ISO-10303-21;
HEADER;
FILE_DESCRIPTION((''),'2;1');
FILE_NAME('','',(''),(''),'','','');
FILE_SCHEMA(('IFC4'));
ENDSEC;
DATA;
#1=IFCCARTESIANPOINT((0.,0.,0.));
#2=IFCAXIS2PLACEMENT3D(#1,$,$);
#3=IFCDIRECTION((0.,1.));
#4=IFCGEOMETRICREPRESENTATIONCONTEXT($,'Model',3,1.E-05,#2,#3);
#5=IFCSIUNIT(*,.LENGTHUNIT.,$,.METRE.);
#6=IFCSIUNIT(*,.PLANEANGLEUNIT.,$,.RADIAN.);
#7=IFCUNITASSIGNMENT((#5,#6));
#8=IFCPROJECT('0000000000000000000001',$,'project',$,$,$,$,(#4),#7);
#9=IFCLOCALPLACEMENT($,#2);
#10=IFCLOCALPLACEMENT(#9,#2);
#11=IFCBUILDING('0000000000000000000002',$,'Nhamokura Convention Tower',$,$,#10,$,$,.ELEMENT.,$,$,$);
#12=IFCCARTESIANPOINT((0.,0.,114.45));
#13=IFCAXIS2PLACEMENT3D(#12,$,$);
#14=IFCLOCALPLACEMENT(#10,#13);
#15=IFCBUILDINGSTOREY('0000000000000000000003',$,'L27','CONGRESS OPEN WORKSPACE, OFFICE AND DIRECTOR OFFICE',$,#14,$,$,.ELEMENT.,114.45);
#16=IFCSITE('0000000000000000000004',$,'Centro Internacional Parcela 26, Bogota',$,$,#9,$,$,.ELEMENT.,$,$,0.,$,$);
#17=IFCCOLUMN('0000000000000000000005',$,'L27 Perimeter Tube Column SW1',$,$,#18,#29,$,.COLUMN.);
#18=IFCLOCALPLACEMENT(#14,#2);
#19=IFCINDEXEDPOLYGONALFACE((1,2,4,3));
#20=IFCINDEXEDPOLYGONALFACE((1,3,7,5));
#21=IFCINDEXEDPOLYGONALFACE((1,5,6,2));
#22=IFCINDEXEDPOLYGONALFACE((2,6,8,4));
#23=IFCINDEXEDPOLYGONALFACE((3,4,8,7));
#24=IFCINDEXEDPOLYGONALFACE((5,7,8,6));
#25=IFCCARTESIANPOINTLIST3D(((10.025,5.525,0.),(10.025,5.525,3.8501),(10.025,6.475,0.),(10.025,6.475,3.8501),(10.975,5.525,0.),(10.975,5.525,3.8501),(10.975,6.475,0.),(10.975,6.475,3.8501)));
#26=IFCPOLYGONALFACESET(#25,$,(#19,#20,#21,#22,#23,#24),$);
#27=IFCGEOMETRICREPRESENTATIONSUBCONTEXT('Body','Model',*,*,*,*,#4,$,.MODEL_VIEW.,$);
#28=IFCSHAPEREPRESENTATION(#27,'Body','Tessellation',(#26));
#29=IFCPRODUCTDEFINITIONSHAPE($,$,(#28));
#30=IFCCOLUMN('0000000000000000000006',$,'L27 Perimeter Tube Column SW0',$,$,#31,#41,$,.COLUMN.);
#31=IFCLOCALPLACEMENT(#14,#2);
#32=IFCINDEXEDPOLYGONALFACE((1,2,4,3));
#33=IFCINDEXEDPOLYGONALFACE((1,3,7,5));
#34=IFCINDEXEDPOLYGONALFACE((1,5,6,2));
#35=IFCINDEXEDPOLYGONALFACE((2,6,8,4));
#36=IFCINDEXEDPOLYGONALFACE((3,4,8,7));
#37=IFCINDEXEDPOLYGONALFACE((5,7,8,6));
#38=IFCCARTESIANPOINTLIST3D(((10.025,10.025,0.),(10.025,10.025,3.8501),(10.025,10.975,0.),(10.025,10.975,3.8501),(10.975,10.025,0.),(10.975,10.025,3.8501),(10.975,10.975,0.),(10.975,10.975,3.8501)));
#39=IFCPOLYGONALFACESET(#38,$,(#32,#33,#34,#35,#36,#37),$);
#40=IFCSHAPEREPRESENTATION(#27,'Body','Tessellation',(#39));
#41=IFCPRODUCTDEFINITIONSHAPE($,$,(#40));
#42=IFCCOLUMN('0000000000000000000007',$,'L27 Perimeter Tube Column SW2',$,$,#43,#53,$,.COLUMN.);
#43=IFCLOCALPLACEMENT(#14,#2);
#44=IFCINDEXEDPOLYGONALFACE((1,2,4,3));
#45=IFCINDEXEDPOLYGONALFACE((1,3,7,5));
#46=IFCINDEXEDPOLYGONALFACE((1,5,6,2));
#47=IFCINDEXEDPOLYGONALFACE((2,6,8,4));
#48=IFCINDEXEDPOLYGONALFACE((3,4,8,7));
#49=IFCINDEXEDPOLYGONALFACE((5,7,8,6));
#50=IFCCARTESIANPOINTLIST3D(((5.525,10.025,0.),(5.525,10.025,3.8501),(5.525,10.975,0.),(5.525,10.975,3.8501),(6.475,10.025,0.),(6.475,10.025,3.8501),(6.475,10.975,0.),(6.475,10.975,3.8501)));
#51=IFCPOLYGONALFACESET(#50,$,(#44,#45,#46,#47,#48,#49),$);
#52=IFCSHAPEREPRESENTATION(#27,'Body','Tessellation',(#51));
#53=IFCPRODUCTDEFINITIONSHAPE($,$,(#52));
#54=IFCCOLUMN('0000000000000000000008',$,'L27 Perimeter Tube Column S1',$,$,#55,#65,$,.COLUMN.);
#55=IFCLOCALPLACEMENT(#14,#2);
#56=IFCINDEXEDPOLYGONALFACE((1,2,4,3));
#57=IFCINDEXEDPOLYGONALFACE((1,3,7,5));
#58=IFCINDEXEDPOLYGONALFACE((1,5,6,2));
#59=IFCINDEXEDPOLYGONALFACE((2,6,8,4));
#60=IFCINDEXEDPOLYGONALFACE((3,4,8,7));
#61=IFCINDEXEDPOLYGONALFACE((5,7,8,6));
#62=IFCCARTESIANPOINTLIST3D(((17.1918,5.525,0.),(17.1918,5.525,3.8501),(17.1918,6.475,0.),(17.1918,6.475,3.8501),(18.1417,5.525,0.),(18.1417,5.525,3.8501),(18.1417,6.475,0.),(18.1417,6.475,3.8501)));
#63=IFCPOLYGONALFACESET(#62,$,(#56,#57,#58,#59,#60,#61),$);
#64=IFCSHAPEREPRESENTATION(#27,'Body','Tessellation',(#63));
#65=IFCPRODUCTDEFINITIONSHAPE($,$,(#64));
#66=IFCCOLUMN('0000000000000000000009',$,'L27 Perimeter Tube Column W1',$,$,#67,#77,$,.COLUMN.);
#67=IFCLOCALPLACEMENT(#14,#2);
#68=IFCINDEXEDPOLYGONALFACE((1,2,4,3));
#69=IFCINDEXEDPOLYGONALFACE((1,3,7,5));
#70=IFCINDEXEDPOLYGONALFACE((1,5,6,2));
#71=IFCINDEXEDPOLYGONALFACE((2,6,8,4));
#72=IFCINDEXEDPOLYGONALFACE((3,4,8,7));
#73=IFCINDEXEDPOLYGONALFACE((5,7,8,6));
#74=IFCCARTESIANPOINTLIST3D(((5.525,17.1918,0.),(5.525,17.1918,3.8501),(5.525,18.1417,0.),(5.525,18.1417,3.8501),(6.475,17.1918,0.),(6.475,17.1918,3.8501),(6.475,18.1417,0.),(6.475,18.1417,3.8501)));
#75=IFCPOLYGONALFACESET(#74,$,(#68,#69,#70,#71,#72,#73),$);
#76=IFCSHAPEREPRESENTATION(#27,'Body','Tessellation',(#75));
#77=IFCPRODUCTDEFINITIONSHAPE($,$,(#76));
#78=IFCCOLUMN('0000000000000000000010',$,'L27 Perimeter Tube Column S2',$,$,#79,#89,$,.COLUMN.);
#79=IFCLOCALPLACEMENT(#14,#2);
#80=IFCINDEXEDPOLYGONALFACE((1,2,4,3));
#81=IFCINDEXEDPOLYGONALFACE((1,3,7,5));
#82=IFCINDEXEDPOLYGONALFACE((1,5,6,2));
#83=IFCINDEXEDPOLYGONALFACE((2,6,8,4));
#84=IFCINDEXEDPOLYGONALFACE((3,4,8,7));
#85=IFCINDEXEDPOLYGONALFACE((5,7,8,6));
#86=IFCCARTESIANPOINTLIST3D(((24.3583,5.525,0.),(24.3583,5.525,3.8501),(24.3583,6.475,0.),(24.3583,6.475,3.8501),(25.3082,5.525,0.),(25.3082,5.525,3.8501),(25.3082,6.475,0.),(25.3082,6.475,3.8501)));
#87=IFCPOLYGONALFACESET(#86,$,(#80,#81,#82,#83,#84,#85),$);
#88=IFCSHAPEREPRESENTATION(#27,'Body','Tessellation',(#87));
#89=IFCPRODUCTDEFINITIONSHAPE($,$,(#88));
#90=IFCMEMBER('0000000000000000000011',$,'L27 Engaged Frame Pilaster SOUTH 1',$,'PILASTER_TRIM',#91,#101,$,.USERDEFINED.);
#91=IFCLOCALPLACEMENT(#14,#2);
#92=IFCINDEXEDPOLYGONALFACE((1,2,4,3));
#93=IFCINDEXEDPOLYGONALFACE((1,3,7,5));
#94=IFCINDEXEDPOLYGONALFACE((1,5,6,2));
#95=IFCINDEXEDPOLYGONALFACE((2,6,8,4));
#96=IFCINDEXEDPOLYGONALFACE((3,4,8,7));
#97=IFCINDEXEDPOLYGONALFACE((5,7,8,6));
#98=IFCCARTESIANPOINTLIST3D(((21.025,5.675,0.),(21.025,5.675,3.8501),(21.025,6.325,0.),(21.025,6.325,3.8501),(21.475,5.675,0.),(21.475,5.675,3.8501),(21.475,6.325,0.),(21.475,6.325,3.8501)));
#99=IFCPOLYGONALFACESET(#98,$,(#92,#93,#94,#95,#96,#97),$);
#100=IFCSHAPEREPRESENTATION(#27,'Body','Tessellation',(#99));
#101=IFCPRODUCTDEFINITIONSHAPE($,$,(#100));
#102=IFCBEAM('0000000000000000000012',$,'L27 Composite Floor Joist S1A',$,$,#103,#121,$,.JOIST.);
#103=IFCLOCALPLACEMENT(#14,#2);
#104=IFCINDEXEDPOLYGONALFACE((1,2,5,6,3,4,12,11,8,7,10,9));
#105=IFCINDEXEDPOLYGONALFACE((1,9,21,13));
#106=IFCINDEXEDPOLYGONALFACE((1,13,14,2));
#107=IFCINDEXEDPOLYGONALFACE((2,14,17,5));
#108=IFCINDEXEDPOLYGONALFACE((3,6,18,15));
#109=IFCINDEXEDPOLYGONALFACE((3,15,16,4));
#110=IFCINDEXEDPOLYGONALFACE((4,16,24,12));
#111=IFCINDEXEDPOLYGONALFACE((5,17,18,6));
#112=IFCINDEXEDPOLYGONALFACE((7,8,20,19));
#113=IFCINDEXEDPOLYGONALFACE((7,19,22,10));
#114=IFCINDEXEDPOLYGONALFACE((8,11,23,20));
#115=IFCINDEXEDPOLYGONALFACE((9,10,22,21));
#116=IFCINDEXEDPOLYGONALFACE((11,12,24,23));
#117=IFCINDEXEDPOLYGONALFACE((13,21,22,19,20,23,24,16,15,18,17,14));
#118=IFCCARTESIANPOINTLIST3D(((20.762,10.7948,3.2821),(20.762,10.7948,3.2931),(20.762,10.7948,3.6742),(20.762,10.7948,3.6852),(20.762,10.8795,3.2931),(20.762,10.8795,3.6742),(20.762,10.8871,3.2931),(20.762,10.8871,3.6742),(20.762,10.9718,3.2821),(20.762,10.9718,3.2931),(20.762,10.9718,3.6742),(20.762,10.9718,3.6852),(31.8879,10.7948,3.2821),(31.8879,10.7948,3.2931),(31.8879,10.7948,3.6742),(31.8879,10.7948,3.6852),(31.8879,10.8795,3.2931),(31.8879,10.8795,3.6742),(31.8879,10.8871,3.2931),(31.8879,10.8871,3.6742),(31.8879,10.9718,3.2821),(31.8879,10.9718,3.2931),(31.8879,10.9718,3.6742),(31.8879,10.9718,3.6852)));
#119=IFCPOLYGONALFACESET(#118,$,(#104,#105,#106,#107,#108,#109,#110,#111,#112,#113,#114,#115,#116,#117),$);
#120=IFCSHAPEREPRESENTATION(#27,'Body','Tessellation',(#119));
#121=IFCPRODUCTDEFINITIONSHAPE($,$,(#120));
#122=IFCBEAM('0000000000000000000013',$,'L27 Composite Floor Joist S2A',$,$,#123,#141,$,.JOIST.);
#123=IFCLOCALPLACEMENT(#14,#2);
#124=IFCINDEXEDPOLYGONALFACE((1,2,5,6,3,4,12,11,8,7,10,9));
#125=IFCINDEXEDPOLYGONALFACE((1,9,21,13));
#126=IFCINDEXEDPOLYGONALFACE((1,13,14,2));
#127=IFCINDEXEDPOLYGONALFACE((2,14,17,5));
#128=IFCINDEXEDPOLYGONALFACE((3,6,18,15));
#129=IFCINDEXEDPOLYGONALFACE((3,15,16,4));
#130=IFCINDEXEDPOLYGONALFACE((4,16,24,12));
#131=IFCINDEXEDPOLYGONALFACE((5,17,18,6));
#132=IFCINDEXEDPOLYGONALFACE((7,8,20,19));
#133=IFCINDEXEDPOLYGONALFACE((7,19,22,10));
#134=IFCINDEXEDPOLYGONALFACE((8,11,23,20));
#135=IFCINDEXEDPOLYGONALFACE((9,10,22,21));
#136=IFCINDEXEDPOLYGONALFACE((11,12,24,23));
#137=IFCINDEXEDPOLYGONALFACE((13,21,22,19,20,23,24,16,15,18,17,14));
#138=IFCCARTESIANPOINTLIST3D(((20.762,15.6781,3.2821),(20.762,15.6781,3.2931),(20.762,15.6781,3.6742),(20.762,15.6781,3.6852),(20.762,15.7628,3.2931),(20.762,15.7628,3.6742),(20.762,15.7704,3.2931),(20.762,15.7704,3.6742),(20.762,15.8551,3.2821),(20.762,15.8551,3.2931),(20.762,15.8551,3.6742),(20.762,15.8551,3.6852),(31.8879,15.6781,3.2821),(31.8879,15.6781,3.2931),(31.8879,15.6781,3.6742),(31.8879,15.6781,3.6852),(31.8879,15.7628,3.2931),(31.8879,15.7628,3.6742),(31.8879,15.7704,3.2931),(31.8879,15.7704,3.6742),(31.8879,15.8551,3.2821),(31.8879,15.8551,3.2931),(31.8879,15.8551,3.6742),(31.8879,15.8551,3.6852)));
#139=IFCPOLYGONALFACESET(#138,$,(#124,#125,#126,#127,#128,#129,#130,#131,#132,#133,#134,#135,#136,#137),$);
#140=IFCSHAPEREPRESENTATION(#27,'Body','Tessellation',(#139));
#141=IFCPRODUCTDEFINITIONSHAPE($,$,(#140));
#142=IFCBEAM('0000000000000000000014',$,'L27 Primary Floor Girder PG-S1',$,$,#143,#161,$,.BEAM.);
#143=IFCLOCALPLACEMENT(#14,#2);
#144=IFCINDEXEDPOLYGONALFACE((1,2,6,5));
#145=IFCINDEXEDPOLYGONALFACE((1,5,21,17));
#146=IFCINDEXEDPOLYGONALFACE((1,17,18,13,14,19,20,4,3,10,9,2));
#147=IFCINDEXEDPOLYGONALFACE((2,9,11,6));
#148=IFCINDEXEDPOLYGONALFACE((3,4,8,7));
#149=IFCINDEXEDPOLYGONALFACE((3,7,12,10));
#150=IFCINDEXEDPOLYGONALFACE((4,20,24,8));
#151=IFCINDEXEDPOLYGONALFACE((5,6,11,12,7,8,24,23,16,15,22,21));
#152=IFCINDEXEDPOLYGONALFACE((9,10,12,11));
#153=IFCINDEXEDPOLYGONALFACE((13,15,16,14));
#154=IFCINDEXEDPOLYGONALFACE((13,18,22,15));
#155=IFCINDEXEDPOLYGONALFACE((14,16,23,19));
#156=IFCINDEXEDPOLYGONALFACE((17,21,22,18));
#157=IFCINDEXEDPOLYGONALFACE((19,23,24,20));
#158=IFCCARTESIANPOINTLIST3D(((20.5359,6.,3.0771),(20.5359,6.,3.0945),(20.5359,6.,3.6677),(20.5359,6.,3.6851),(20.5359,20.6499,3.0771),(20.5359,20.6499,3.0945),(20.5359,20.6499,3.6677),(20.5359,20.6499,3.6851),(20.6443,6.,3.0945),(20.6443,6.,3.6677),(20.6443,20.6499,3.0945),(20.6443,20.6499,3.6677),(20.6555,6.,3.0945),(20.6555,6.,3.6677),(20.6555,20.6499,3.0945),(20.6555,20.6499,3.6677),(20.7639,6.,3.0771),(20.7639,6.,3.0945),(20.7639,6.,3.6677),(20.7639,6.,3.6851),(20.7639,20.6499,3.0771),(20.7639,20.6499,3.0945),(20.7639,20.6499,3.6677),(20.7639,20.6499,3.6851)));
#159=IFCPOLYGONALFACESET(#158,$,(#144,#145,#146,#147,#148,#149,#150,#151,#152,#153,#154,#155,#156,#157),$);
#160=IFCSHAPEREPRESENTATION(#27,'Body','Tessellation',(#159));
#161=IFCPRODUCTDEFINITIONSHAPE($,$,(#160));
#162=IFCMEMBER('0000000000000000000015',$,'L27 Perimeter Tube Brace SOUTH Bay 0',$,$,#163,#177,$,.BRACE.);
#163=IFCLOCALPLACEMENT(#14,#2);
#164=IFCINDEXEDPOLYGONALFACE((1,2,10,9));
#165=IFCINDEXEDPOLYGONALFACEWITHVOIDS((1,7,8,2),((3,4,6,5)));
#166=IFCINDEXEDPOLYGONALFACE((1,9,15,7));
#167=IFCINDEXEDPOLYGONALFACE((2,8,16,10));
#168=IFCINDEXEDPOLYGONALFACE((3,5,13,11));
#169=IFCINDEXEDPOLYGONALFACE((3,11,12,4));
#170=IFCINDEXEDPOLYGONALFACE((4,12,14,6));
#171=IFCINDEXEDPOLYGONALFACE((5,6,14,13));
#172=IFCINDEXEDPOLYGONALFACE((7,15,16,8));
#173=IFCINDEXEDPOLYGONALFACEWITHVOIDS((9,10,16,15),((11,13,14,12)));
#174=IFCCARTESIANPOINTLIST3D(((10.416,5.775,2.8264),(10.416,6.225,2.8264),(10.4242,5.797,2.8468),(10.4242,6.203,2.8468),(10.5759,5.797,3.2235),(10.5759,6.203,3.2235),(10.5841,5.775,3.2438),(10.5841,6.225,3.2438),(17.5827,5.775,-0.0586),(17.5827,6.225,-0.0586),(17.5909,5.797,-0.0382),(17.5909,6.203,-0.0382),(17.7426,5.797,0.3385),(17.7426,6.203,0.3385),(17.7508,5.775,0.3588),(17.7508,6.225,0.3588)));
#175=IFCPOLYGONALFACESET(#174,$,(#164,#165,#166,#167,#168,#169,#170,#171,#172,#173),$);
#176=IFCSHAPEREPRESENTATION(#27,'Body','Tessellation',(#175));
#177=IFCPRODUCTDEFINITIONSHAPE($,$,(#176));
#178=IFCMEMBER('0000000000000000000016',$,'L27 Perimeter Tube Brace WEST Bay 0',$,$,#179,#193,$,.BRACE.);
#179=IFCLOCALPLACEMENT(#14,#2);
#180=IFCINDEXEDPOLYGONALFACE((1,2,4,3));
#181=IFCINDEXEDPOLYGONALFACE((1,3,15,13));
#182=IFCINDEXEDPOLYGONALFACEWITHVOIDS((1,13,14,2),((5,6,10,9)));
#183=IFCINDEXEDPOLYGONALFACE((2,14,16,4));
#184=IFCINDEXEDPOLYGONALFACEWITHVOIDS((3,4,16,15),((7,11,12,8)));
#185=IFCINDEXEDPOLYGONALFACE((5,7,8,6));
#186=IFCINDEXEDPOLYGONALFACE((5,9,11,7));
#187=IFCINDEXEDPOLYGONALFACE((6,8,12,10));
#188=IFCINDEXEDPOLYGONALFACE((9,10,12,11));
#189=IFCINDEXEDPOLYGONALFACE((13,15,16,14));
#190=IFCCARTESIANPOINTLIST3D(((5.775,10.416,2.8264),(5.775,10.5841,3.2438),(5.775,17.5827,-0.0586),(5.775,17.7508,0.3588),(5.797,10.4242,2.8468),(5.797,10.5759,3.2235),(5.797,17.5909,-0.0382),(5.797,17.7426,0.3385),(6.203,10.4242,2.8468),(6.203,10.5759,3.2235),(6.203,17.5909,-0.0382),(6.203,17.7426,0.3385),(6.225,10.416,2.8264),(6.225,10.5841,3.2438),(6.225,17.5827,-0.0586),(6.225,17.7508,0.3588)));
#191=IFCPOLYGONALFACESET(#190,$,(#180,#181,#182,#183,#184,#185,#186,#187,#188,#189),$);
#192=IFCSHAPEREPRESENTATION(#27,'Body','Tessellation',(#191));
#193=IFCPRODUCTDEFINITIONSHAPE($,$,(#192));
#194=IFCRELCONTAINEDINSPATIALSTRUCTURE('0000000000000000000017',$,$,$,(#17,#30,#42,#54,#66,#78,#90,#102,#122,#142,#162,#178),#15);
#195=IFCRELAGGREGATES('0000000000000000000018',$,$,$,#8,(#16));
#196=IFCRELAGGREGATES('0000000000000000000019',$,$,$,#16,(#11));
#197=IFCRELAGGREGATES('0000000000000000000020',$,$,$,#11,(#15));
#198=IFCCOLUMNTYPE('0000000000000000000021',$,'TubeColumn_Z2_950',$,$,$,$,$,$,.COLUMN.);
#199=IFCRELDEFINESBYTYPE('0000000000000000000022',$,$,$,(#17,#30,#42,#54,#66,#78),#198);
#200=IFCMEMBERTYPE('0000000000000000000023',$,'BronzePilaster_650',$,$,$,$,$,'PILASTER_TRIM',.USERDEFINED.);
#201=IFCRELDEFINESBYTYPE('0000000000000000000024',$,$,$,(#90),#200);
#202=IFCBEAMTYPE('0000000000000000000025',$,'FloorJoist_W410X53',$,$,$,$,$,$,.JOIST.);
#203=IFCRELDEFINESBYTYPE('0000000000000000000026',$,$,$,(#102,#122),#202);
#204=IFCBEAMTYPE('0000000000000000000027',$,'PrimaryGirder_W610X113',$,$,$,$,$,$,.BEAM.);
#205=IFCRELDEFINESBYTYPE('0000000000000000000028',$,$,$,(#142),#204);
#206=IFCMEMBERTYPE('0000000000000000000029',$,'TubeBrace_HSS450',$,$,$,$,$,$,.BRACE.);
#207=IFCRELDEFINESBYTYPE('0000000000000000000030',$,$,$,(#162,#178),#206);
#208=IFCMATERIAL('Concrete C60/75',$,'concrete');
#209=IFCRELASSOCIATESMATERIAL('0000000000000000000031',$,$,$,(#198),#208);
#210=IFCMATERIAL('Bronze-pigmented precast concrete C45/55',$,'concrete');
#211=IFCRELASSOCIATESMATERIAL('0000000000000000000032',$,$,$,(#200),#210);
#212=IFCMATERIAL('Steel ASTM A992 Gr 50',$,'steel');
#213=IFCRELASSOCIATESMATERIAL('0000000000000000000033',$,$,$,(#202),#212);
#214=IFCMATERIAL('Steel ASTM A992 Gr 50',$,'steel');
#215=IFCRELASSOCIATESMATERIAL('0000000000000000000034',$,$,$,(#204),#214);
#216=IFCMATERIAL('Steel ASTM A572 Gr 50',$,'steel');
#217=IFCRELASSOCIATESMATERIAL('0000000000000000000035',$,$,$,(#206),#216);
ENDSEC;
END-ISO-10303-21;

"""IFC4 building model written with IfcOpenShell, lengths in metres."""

from ifc_helpers import new_model, si_unit, direction, frame, origin, origin_2d, place, context, subcontext, project, spatial, rectangle, hollow_rectangle, i_section, extrude, material, material_profile, profile_set, type_object, element, save


model = new_model("IFC4")

# Units and contexts
model_context = context("Model", 3, precision=1e-05, world=origin(), true_north=direction((0.0, 1.0)))
body_context = subcontext(model_context, "Body", "Model", "MODEL_VIEW")
ifc_project = project(units=[si_unit("LENGTHUNIT", "METRE"), si_unit("PLANEANGLEUNIT", "RADIAN")], contexts=[model_context])

# Site, building, storey
site_placement = place(None, origin())
site = spatial("IfcSite", under=ifc_project, at=site_placement, Name="Centro Internacional Parcela 26, Bogota", CompositionType="ELEMENT", RefElevation=0.0)
building_placement = place(site_placement, origin())
building = spatial("IfcBuilding", under=site, at=building_placement, Name="Nhamokura Convention Tower", CompositionType="ELEMENT")
storey_placement = place(building_placement, frame((0.0, 0.0, 114.45)))
storey = spatial("IfcBuildingStorey", under=building, at=storey_placement, Name="L27", Description="CONGRESS OPEN WORKSPACE, OFFICE AND DIRECTOR OFFICE", CompositionType="ELEMENT", Elevation=114.45)

# Columns
ifc_material_1 = material(Name="Concrete C60/75", Category="concrete")
ifc_material_profile_1 = material_profile(ifc_material_1, rectangle(XDim=0.95, YDim=0.95, at=origin_2d()))
ifc_profile_set_1 = profile_set([ifc_material_profile_1], Name="Concrete C60/75")
column_type = type_object("IfcColumnType", Name="TubeColumn_Z2_950", PredefinedType="COLUMN", material=ifc_profile_set_1)
for number, where, z_axis, x_axis, name in (
    (1, (10.5, 6.0, 0.0), (0.0, 0.0, 1.0), (1.0, 0.0, 0.0), "L27 Perimeter Tube Column SW1"),
    (2, (10.5, 10.5, 0.0), (0.0, 0.0, 1.0), (1.0, 0.0, 0.0), "L27 Perimeter Tube Column SW0"),
    (3, (6.0, 10.5, 0.0), (0.0, 0.0, 1.0), (1.0, 0.0, 0.0), "L27 Perimeter Tube Column SW2"),
    (4, (17.6667, 6.0, 0.0), (0.0, 0.0, 1.0), (1.0, 0.0, 0.0), "L27 Perimeter Tube Column S1"),
    (5, (6.0, 17.6667, 0.0), (0.0, 0.0, 1.0), (1.0, 0.0, 0.0), "L27 Perimeter Tube Column W1"),
    (6, (24.8333, 6.0, 0.0), (0.0, 0.0, 1.0), (1.0, 0.0, 0.0), "L27 Perimeter Tube Column S2"),
):
    element("IfcColumn", number, at=place(storey_placement, frame(where, z_axis=z_axis, x_axis=x_axis)), inside=storey, type_object=column_type, Name=name, PredefinedType="COLUMN", context=body_context, shape_type="SweptSolid", body=[
        extrude(rectangle(XDim=0.95, YDim=0.95, at=origin_2d()), origin(), (0.0, 0.0, 1.0), 3.8501),
    ])

# Member
ifc_material_2 = material(Name="Bronze-pigmented precast concrete C45/55", Category="concrete")
ifc_material_profile_2 = material_profile(ifc_material_2, rectangle(XDim=0.45, YDim=0.6499, at=origin_2d()))
ifc_profile_set_2 = profile_set([ifc_material_profile_2], Name="Bronze-pigmented precast concrete C45/55")
member_type_1 = type_object("IfcMemberType", Name="BronzePilaster_650", ElementType="PILASTER_TRIM", PredefinedType="USERDEFINED", material=ifc_profile_set_2)
member_placement = place(storey_placement, frame((21.25, 6.0, 0.0), z_axis=(0.0, 0.0, 1.0), x_axis=(1.0, 0.0, 0.0)))
element("IfcMember", 7, at=member_placement, inside=storey, type_object=member_type_1, Name="L27 Engaged Frame Pilaster SOUTH 1", ObjectType="PILASTER_TRIM", PredefinedType="USERDEFINED", context=body_context, shape_type="SweptSolid", body=[
    extrude(rectangle(XDim=0.45, YDim=0.6499, at=origin_2d()), origin(), (0.0, 0.0, 1.0), 3.8501),
])

# Beams
ifc_material_3 = material(Name="Steel ASTM A992 Gr 50", Category="steel")
ifc_material_profile_3 = material_profile(ifc_material_3, i_section(OverallWidth=0.177, OverallDepth=0.4031, WebThickness=0.0076, FlangeThickness=0.011, at=origin_2d()))
ifc_profile_set_3 = profile_set([ifc_material_profile_3], Name="Steel ASTM A992 Gr 50")
beam_type_1 = type_object("IfcBeamType", Name="FloorJoist_W410X53", PredefinedType="JOIST", material=ifc_profile_set_3)
for number, where, z_axis, x_axis, name in (
    (8, (20.762, 10.8833, 3.4836), (1.0, 0.0, 0.0), (0.0, 1.0, 0.0), "L27 Composite Floor Joist S1A"),
    (9, (20.762, 15.7666, 3.4836), (1.0, 0.0, 0.0), (0.0, 1.0, 0.0), "L27 Composite Floor Joist S2A"),
):
    element("IfcBeam", number, at=place(storey_placement, frame(where, z_axis=z_axis, x_axis=x_axis)), inside=storey, type_object=beam_type_1, Name=name, PredefinedType="JOIST", context=body_context, shape_type="SweptSolid", body=[
        extrude(i_section(OverallWidth=0.177, OverallDepth=0.4031, WebThickness=0.0076, FlangeThickness=0.011, at=origin_2d()), origin(), (0.0, 0.0, 1.0), 11.126),
    ])
ifc_material_4 = material(Name="Steel ASTM A992 Gr 50", Category="steel")
ifc_material_profile_4 = material_profile(ifc_material_4, i_section(OverallWidth=0.228, OverallDepth=0.6079, WebThickness=0.0112, FlangeThickness=0.0173, at=origin_2d()))
ifc_profile_set_4 = profile_set([ifc_material_profile_4], Name="Steel ASTM A992 Gr 50")
beam_type_2 = type_object("IfcBeamType", Name="PrimaryGirder_W610X113", PredefinedType="BEAM", material=ifc_profile_set_4)
beam_1_placement = place(storey_placement, frame((20.6499, 6.0, 3.3811), z_axis=(0.0, 1.0, 0.0), x_axis=(-1.0, 0.0, 0.0)))
element("IfcBeam", 10, at=beam_1_placement, inside=storey, type_object=beam_type_2, Name="L27 Primary Floor Girder PG-S1", PredefinedType="BEAM", context=body_context, shape_type="SweptSolid", body=[
    extrude(i_section(OverallWidth=0.228, OverallDepth=0.6079, WebThickness=0.0112, FlangeThickness=0.0173, at=origin_2d()), origin(), (0.0, 0.0, 1.0), 14.6499),
])

# Members
ifc_material_5 = material(Name="Steel ASTM A572 Gr 50", Category="steel")
ifc_material_profile_5 = material_profile(ifc_material_5, hollow_rectangle(XDim=0.45, YDim=0.45, WallThickness=0.022, at=origin_2d()))
ifc_profile_set_5 = profile_set([ifc_material_profile_5], Name="Steel ASTM A572 Gr 50")
member_type_2 = type_object("IfcMemberType", Name="TubeBrace_HSS450", PredefinedType="BRACE", material=ifc_profile_set_5)
for number, where, z_axis, x_axis, name in (
    (11, (17.6667, 6.0, 0.1501), (-0.927657, 0.0, 0.373433), (0.0, -1.0, 0.0), "L27 Perimeter Tube Brace SOUTH Bay 0"),
    (12, (6.0, 17.6667, 0.1501), (0.0, -0.927657, 0.373433), (1.0, 0.0, 0.0), "L27 Perimeter Tube Brace WEST Bay 0"),
):
    element("IfcMember", number, at=place(storey_placement, frame(where, z_axis=z_axis, x_axis=x_axis)), inside=storey, type_object=member_type_2, Name=name, PredefinedType="BRACE", context=body_context, shape_type="SweptSolid", body=[
        extrude(hollow_rectangle(XDim=0.45, YDim=0.45, WallThickness=0.022, at=origin_2d()), origin(), (0.0, 0.0, 1.0), 7.7256),
    ])

save(model, "model.ifc")
